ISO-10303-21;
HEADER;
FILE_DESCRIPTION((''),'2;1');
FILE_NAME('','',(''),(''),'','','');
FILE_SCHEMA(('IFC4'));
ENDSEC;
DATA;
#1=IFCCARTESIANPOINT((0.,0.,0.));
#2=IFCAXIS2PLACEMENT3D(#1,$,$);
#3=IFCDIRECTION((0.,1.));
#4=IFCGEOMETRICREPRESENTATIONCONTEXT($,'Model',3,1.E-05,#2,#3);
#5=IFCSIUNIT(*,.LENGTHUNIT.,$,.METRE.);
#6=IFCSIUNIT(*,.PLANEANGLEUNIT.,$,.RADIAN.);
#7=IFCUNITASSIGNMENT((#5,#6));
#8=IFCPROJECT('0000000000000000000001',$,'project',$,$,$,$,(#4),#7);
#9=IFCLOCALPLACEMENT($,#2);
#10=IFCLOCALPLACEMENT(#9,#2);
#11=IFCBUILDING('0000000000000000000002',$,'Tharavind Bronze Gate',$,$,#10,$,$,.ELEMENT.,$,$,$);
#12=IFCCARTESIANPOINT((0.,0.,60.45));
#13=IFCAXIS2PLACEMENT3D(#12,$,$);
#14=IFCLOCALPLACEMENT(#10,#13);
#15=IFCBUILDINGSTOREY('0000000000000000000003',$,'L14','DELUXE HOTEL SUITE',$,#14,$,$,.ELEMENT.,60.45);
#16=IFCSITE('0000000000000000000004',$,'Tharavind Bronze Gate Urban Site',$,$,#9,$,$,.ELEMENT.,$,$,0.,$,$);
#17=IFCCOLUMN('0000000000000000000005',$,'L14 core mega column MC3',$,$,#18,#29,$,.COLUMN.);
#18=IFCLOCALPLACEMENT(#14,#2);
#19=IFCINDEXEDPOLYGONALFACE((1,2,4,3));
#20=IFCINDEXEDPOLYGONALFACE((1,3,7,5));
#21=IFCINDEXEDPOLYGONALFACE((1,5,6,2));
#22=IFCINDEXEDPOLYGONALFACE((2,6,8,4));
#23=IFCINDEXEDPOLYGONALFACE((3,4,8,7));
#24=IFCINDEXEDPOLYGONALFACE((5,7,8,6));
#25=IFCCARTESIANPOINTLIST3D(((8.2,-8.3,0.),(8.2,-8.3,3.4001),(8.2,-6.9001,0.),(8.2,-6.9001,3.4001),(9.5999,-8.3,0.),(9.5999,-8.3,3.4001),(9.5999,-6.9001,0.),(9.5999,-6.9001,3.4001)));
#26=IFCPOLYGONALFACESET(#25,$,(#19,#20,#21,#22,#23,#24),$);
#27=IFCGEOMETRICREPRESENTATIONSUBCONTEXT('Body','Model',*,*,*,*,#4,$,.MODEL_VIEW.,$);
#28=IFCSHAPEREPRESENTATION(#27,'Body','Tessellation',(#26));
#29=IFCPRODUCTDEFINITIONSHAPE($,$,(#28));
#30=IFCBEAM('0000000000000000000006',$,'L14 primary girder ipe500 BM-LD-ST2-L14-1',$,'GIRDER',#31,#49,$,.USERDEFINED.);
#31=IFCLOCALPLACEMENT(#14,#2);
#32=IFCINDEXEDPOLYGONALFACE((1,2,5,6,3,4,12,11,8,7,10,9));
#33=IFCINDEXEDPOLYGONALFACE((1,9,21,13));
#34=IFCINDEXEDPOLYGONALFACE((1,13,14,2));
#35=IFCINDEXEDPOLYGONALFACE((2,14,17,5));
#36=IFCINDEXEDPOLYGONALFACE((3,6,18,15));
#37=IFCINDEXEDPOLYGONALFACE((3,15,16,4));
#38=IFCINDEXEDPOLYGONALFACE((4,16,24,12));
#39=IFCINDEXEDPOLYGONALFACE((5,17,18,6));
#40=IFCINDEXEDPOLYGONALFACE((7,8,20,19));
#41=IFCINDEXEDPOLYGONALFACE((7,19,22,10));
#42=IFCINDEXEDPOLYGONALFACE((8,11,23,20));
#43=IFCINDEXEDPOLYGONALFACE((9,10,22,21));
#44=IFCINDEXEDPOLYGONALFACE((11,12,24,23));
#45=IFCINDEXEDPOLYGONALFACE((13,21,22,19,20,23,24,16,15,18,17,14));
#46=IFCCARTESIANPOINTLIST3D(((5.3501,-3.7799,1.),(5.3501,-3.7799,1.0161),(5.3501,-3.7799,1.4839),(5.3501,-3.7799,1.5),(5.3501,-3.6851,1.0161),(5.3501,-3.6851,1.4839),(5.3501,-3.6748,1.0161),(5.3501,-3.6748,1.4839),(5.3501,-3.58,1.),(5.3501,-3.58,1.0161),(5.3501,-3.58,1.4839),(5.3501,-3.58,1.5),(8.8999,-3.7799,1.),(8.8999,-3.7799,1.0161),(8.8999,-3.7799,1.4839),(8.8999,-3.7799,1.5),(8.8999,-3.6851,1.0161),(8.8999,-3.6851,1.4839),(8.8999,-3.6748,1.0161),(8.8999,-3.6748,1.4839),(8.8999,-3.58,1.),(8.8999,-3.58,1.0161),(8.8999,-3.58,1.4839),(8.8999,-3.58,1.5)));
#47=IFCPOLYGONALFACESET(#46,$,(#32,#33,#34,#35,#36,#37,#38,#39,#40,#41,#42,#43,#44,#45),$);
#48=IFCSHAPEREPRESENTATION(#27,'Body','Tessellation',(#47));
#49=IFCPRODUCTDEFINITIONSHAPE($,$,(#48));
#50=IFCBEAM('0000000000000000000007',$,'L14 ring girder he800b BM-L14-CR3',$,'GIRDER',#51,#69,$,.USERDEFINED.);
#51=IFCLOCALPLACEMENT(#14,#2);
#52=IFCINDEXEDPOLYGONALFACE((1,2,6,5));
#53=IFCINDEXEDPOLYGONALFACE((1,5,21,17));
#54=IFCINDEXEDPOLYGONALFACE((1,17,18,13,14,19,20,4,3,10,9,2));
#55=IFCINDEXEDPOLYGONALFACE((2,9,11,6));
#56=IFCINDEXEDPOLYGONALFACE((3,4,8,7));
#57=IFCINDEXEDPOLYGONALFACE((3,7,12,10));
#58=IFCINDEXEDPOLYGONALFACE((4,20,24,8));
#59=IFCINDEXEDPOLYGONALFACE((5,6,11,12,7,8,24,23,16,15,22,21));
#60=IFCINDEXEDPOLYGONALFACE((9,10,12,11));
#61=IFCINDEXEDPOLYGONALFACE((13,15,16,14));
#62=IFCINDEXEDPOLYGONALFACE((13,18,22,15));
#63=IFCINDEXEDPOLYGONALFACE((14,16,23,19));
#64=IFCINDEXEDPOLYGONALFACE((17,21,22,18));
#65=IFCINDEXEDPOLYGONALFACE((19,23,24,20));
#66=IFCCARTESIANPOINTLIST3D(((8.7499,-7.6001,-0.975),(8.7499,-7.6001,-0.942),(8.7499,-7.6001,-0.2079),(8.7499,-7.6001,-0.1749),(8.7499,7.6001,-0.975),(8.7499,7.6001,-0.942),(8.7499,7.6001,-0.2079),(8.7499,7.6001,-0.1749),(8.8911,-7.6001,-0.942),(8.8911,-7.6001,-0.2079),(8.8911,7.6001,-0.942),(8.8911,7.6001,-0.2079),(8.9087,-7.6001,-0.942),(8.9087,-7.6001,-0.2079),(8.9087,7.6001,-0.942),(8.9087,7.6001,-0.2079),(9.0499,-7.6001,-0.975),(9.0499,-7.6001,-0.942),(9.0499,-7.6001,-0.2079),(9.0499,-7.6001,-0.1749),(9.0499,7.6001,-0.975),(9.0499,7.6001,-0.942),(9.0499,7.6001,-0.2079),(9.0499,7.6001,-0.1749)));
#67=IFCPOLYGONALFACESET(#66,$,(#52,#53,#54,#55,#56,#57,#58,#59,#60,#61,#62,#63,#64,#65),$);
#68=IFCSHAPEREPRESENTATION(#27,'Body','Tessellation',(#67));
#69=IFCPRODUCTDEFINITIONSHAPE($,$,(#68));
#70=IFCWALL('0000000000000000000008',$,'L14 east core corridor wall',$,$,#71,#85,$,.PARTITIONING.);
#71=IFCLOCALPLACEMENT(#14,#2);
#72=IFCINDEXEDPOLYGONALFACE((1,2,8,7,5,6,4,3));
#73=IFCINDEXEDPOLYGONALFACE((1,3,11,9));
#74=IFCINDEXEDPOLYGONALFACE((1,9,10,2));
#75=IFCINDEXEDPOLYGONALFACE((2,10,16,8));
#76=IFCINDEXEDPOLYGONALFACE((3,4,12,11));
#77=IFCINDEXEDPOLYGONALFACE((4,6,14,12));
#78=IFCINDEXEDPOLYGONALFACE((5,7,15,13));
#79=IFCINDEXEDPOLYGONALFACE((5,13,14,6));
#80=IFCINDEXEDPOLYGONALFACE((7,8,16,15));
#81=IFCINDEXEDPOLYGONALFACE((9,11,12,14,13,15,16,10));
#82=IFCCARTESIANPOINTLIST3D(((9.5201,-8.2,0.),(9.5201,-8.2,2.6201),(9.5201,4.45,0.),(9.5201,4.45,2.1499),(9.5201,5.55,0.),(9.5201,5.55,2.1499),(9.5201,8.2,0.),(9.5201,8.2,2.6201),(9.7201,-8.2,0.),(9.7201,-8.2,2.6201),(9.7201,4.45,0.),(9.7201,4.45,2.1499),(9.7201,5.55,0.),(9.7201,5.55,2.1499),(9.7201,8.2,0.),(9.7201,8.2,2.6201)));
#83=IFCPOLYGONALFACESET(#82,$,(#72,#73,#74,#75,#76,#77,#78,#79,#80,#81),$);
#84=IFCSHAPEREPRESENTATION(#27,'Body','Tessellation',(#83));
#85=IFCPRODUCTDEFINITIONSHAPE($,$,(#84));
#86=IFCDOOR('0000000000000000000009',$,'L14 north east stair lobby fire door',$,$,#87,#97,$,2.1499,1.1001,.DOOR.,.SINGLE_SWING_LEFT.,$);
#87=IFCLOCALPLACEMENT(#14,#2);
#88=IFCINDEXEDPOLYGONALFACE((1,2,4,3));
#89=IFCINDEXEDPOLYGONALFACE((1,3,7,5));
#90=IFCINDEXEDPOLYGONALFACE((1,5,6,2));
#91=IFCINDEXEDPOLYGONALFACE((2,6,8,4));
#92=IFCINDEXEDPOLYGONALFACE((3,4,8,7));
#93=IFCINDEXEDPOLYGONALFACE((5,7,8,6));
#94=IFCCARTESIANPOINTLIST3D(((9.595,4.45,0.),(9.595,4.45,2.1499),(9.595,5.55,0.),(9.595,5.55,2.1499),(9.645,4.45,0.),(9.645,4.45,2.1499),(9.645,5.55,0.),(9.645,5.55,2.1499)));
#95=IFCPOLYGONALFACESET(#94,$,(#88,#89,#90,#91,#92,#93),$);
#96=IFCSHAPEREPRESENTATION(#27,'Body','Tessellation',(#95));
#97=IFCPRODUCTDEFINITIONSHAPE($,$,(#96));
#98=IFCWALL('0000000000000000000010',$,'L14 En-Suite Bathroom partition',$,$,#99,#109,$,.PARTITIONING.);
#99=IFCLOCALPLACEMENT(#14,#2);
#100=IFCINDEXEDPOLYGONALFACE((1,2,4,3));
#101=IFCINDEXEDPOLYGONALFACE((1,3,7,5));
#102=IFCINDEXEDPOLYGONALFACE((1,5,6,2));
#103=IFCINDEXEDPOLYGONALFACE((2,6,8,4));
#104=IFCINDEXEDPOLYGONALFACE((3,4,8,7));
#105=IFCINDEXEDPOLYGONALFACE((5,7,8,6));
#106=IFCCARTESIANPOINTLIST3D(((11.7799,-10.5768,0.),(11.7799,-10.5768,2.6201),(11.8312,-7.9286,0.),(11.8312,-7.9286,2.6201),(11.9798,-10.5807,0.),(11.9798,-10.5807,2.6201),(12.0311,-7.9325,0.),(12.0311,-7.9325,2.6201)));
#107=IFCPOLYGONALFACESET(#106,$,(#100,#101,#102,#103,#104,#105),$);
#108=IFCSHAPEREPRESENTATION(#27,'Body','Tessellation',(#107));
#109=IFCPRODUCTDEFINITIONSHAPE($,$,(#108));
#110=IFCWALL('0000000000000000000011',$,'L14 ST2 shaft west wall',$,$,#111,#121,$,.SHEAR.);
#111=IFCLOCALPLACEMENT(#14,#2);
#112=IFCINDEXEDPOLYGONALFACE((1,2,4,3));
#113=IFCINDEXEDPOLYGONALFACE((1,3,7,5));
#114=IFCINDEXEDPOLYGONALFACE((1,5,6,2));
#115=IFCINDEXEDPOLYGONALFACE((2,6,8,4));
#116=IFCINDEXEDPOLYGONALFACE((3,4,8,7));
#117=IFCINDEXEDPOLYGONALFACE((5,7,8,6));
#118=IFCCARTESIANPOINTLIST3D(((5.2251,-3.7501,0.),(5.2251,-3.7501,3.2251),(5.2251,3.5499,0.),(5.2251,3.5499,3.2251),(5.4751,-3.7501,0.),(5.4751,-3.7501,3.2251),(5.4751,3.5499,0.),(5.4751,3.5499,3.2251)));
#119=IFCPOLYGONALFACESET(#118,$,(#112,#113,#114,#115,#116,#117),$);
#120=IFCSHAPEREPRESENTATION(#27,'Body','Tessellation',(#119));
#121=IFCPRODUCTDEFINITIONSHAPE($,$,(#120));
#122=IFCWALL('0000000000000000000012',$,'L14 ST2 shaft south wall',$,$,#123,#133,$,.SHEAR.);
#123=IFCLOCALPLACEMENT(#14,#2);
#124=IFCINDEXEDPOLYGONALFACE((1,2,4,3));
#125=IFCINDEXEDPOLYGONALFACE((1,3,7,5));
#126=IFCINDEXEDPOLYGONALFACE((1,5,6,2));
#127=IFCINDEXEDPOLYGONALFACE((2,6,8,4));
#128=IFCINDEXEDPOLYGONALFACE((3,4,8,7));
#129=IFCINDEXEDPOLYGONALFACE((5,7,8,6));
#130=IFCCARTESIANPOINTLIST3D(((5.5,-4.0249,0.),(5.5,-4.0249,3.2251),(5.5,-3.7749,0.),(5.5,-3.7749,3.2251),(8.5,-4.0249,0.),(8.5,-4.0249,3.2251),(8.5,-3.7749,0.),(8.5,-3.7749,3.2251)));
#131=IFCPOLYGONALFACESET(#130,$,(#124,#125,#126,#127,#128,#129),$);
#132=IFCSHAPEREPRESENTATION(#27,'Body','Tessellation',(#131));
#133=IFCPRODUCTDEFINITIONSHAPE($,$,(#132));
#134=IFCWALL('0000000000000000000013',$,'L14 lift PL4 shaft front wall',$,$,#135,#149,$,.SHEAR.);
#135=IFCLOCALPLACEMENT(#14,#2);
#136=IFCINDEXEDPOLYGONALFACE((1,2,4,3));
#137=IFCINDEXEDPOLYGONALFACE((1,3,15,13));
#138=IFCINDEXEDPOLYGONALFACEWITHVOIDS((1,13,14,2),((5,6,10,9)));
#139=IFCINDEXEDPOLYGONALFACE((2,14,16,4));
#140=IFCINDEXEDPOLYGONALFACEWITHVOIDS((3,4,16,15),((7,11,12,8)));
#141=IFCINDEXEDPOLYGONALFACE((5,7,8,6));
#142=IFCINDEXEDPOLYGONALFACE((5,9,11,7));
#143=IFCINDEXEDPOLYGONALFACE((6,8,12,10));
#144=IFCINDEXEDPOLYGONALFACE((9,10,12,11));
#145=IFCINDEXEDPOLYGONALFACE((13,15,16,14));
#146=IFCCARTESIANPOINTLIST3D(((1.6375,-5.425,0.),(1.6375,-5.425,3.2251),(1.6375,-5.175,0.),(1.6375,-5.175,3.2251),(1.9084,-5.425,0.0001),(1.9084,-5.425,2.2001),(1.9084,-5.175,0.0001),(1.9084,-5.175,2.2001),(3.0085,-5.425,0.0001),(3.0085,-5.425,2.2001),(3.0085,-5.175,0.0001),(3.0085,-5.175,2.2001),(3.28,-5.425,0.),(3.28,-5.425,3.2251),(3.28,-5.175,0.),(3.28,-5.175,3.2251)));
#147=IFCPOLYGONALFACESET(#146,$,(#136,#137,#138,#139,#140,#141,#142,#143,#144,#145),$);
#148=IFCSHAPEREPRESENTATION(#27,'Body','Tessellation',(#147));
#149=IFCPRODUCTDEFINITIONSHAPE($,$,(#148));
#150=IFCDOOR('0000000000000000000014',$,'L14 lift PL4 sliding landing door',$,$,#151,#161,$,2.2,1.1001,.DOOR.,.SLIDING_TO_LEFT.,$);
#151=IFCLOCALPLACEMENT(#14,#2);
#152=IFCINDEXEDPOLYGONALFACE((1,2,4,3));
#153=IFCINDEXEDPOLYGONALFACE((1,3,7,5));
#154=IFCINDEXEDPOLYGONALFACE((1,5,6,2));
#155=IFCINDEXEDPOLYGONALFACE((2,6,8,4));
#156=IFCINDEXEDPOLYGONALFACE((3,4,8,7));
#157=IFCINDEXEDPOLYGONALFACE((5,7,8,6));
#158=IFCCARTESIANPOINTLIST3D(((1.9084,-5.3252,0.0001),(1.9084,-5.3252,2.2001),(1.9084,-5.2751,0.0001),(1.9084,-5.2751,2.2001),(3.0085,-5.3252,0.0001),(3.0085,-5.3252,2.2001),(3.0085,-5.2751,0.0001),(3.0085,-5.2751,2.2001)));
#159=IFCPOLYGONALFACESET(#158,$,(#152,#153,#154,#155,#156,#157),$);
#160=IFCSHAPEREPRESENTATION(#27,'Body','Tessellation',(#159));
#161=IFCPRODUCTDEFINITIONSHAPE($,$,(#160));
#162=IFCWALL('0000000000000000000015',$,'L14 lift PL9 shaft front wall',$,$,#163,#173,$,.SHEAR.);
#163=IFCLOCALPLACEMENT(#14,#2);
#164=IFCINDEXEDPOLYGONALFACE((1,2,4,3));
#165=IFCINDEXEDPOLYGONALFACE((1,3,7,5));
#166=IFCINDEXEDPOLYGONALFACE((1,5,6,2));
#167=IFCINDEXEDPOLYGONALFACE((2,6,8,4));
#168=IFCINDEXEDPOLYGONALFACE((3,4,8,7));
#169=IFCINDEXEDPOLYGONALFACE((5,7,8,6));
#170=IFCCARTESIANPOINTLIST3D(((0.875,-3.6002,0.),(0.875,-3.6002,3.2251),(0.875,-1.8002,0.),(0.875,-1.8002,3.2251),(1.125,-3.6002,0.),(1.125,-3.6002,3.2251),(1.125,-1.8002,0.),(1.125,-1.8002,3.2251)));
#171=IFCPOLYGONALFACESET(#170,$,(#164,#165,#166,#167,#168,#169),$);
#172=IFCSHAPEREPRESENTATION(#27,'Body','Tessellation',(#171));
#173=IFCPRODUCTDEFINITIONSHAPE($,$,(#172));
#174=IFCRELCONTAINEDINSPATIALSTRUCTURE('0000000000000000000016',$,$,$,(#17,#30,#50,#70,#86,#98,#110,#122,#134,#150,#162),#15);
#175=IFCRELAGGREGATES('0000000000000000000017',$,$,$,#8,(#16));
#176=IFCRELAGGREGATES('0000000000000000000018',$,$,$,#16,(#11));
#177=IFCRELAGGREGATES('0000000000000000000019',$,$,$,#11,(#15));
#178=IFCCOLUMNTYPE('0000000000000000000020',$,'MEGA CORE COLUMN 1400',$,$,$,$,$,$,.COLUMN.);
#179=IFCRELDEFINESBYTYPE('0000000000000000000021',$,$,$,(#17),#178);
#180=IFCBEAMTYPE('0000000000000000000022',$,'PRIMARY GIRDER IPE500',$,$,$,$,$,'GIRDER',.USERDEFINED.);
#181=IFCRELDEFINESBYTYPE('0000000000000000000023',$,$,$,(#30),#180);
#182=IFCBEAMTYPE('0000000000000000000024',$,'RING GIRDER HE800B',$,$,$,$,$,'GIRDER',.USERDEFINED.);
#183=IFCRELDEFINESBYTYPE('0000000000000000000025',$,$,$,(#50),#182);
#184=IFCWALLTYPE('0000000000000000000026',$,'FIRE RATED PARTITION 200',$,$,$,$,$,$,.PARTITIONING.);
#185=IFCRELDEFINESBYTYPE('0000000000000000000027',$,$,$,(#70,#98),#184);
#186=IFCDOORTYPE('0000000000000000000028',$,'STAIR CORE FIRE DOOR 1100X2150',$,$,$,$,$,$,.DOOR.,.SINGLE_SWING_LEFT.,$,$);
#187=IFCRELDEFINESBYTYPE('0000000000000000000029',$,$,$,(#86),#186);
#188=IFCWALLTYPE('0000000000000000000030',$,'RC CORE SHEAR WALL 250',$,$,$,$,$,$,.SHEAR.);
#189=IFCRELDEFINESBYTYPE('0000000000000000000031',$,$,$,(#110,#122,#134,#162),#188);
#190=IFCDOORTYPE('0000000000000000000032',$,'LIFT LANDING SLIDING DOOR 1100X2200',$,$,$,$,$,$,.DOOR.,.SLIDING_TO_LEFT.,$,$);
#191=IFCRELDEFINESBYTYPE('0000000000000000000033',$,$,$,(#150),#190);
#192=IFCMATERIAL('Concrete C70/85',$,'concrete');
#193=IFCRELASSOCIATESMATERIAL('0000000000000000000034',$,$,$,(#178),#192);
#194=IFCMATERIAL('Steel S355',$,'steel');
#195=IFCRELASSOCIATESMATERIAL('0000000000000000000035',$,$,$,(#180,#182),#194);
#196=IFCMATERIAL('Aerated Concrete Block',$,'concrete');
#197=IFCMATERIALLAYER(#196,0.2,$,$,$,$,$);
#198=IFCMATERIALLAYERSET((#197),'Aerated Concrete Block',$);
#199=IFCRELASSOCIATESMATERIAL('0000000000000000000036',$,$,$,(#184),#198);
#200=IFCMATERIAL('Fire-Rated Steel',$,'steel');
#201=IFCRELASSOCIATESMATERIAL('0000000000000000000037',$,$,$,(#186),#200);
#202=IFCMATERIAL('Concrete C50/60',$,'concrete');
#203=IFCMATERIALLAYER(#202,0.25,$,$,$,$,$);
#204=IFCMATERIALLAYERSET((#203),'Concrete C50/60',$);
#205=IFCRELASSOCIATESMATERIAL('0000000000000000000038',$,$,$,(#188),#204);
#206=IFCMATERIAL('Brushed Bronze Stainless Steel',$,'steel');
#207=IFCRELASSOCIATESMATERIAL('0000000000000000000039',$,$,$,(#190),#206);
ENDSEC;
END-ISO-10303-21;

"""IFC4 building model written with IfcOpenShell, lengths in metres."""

from ifc_helpers import new_model, si_unit, direction, frame, frame_2d, origin, origin_2d, place, context, subcontext, project, spatial, rectangle, i_section, extrude, material, layer, layer_set, material_profile, profile_set, type_object, element, fill, save


model = new_model("IFC4")

# Units and contexts
model_context = context("Model", 3, precision=1e-05, world=origin(), true_north=direction((0.0, 1.0)))
body_context = subcontext(model_context, "Body", "Model", "MODEL_VIEW")
ifc_project = project(units=[si_unit("LENGTHUNIT", "METRE"), si_unit("PLANEANGLEUNIT", "RADIAN")], contexts=[model_context])

# Site, building, storey
site_placement = place(None, origin())
site = spatial("IfcSite", under=ifc_project, at=site_placement, Name="Tharavind Bronze Gate Urban Site", CompositionType="ELEMENT", RefElevation=0.0)
building_placement = place(site_placement, origin())
building = spatial("IfcBuilding", under=site, at=building_placement, Name="Tharavind Bronze Gate", CompositionType="ELEMENT")
storey_placement = place(building_placement, frame((0.0, 0.0, 60.45)))
storey = spatial("IfcBuildingStorey", under=building, at=storey_placement, Name="L14", Description="DELUXE HOTEL SUITE", CompositionType="ELEMENT", Elevation=60.45)

# Column
ifc_material_1 = material(Name="Concrete C70/85", Category="concrete")
ifc_material_profile_1 = material_profile(ifc_material_1, rectangle(XDim=1.3999, YDim=1.3999, at=origin_2d()), Name="RCCOL1400")
ifc_profile_set_1 = profile_set([ifc_material_profile_1], Name="Concrete C70/85")
column_type = type_object("IfcColumnType", Name="MEGA CORE COLUMN 1400", PredefinedType="COLUMN", material=ifc_profile_set_1)
column_placement = place(storey_placement, frame((8.8999, -7.6001, 0.0), z_axis=(0.0, 0.0, 1.0), x_axis=(1.0, 0.0, 0.0)))
element("IfcColumn", 1, at=column_placement, inside=storey, type_object=column_type, Name="L14 core mega column MC3", PredefinedType="COLUMN", context=body_context, shape_type="SweptSolid", body=[
    extrude(rectangle(XDim=1.3999, YDim=1.3999, at=origin_2d()), origin(), (0.0, 0.0, 1.0), 3.4001),
])

# Beams
ifc_material_2 = material(Name="Steel S355", Category="steel")
ifc_material_profile_2 = material_profile(ifc_material_2, i_section(OverallWidth=0.2, OverallDepth=0.5, WebThickness=0.0103, FlangeThickness=0.0161, at=origin_2d()), Name="IPE500")
ifc_profile_set_2 = profile_set([ifc_material_profile_2], Name="Steel S355")
beam_type_1 = type_object("IfcBeamType", Name="PRIMARY GIRDER IPE500", ElementType="GIRDER", PredefinedType="USERDEFINED", material=ifc_profile_set_2)
beam_1_placement = place(storey_placement, frame((5.3501, -3.6799, 1.25), z_axis=(1.0, 0.0, 0.0), x_axis=(0.0, 1.0, 0.0)))
element("IfcBeam", 2, at=beam_1_placement, inside=storey, type_object=beam_type_1, Name="L14 primary girder ipe500 BM-LD-ST2-L14-1", ObjectType="GIRDER", PredefinedType="USERDEFINED", context=body_context, shape_type="SweptSolid", body=[
    extrude(i_section(OverallWidth=0.2, OverallDepth=0.5, WebThickness=0.0103, FlangeThickness=0.0161, at=origin_2d()), origin(), (0.0, 0.0, 1.0), 3.5498),
])
ifc_material_profile_3 = material_profile(ifc_material_2, i_section(OverallWidth=0.3, OverallDepth=0.8, WebThickness=0.0176, FlangeThickness=0.033, at=origin_2d()), Name="HE800B")
ifc_profile_set_3 = profile_set([ifc_material_profile_3], Name="Steel S355")
beam_type_2 = type_object("IfcBeamType", Name="RING GIRDER HE800B", ElementType="GIRDER", PredefinedType="USERDEFINED", material=ifc_profile_set_3)
beam_2_placement = place(storey_placement, frame((8.8999, -7.6001, -0.575), z_axis=(0.0, 1.0, 0.0), x_axis=(-1.0, 0.0, 0.0)))
element("IfcBeam", 3, at=beam_2_placement, inside=storey, type_object=beam_type_2, Name="L14 ring girder he800b BM-L14-CR3", ObjectType="GIRDER", PredefinedType="USERDEFINED", context=body_context, shape_type="SweptSolid", body=[
    extrude(i_section(OverallWidth=0.3, OverallDepth=0.8, WebThickness=0.0176, FlangeThickness=0.033, at=origin_2d()), origin(), (0.0, 0.0, 1.0), 15.2002),
])

# Wall, opening, door
ifc_material_3 = material(Name="Aerated Concrete Block", Category="concrete")
ifc_layer_1 = layer(ifc_material_3, 0.2)
ifc_layer_set_1 = layer_set([ifc_layer_1], Name="Aerated Concrete Block")
wall_type_1 = type_object("IfcWallType", Name="FIRE RATED PARTITION 200", PredefinedType="PARTITIONING", material=ifc_layer_set_1)
wall_1_placement = place(storey_placement, frame((9.6201, -8.2, 0.0), z_axis=(0.0, 0.0, 1.0), x_axis=(0.0, 1.0, 0.0)))
wall_1 = element("IfcWall", 4, at=wall_1_placement, inside=storey, type_object=wall_type_1, Name="L14 east core corridor wall", PredefinedType="PARTITIONING", context=body_context, shape_type="SweptSolid", body=[
    extrude(rectangle(XDim=16.3999, YDim=0.2, at=frame_2d((8.2, 0.0))), origin(), (0.0, 0.0, 1.0), 2.6201),
])
opening_1_placement = place(wall_1_placement, frame((12.6499, 0.0, 0.0)))
opening_1 = element("IfcOpeningElement", 5, at=opening_1_placement, cuts=wall_1, PredefinedType="OPENING", context=body_context, shape_type="SweptSolid", body=[
    extrude(rectangle(XDim=1.1001, YDim=2.1499, at=frame_2d((0.55, 1.075))), frame((0.0, 0.1101, 0.0), z_axis=(0.0, -1.0, 0.0), x_axis=(1.0, 0.0, 0.0)), (0.0, 0.0, 1.0), 0.22),
])
ifc_material_4 = material(Name="Fire-Rated Steel", Category="steel")
door_type_1 = type_object("IfcDoorType", Name="STAIR CORE FIRE DOOR 1100X2150", OperationType="SINGLE_SWING_LEFT", PredefinedType="DOOR", material=ifc_material_4)
door_1_placement = place(opening_1_placement, frame((1.1001, 0.0, 0.0), z_axis=(0.0, 0.0, 1.0), x_axis=(-1.0, 0.0, 0.0)))
door_1 = element("IfcDoor", 6, at=door_1_placement, inside=storey, type_object=door_type_1, Name="L14 north east stair lobby fire door", OperationType="SINGLE_SWING_LEFT", OverallHeight=2.1499, OverallWidth=1.1001, PredefinedType="DOOR", context=body_context, shape_type="SweptSolid", body=[
    extrude(rectangle(XDim=1.1001, YDim=2.1499, at=frame_2d((0.55, 1.075))), frame((0.0, 0.0249, 0.0), z_axis=(0.0, -1.0, 0.0), x_axis=(1.0, 0.0, 0.0)), (0.0, 0.0, 1.0), 0.05),
])
fill(opening_1, door_1)

# Wall
wall_2_placement = place(storey_placement, frame((11.8799, -10.5786, 0.0), z_axis=(0.0, 0.0, 1.0), x_axis=(0.019357, 0.999813, 0.0)))
element("IfcWall", 7, at=wall_2_placement, inside=storey, type_object=wall_type_1, Name="L14 En-Suite Bathroom partition", PredefinedType="PARTITIONING", context=body_context, shape_type="SweptSolid", body=[
    extrude(rectangle(XDim=2.6487, YDim=0.2, at=frame_2d((1.3242, 0.0))), origin(), (0.0, 0.0, 1.0), 2.6201),
])

# Walls
ifc_material_5 = material(Name="Concrete C50/60", Category="concrete")
ifc_layer_2 = layer(ifc_material_5, 0.25)
ifc_layer_set_2 = layer_set([ifc_layer_2], Name="Concrete C50/60")
wall_type_2 = type_object("IfcWallType", Name="RC CORE SHEAR WALL 250", PredefinedType="SHEAR", material=ifc_layer_set_2)
wall_3_placement = place(storey_placement, frame((5.3501, -3.75, 0.0), z_axis=(0.0, 0.0, 1.0), x_axis=(0.0, 1.0, 0.0)))
element("IfcWall", 8, at=wall_3_placement, inside=storey, type_object=wall_type_2, Name="L14 ST2 shaft west wall", PredefinedType="SHEAR", context=body_context, shape_type="SweptSolid", body=[
    extrude(rectangle(XDim=7.3, YDim=0.25, at=frame_2d((3.6499, 0.0))), origin(), (0.0, 0.0, 1.0), 3.2251),
])
wall_4_placement = place(storey_placement, frame((5.5, -3.8999, 0.0), z_axis=(0.0, 0.0, 1.0), x_axis=(1.0, 0.0, 0.0)))
element("IfcWall", 9, at=wall_4_placement, inside=storey, type_object=wall_type_2, Name="L14 ST2 shaft south wall", PredefinedType="SHEAR", context=body_context, shape_type="SweptSolid", body=[
    extrude(rectangle(XDim=3.0, YDim=0.25, at=frame_2d((1.5, 0.0))), origin(), (0.0, 0.0, 1.0), 3.2251),
])

# Wall, opening, door
wall_5_placement = place(storey_placement, frame((1.6375, -5.3, 0.0), z_axis=(0.0, 0.0, 1.0), x_axis=(1.0, 0.0, 0.0)))
wall_5 = element("IfcWall", 10, at=wall_5_placement, inside=storey, type_object=wall_type_2, Name="L14 lift PL4 shaft front wall", PredefinedType="SHEAR", context=body_context, shape_type="SweptSolid", body=[
    extrude(rectangle(XDim=1.6426, YDim=0.25, at=frame_2d((0.8213, 0.0))), origin(), (0.0, 0.0, 1.0), 3.2251),
])
opening_2_placement = place(wall_5_placement, frame((0.271, 0.0, 0.0)))
opening_2 = element("IfcOpeningElement", 11, at=opening_2_placement, cuts=wall_5, PredefinedType="OPENING", context=body_context, shape_type="SweptSolid", body=[
    extrude(rectangle(XDim=1.1001, YDim=2.2, at=frame_2d((0.55, 1.1001))), frame((0.0, 0.135, 0.0), z_axis=(0.0, -1.0, 0.0), x_axis=(1.0, 0.0, 0.0)), (0.0, 0.0, 1.0), 0.27),
])
ifc_material_6 = material(Name="Brushed Bronze Stainless Steel", Category="steel")
door_type_2 = type_object("IfcDoorType", Name="LIFT LANDING SLIDING DOOR 1100X2200", OperationType="SLIDING_TO_LEFT", PredefinedType="DOOR", material=ifc_material_6)
door_2_placement = place(opening_2_placement, origin())
door_2 = element("IfcDoor", 12, at=door_2_placement, inside=storey, type_object=door_type_2, Name="L14 lift PL4 sliding landing door", OperationType="SLIDING_TO_LEFT", OverallHeight=2.2, OverallWidth=1.1001, PredefinedType="DOOR", context=body_context, shape_type="SweptSolid", body=[
    extrude(rectangle(XDim=1.1001, YDim=2.2, at=frame_2d((0.55, 1.1001))), frame((0.0, 0.0249, 0.0), z_axis=(0.0, -1.0, 0.0), x_axis=(1.0, 0.0, 0.0)), (0.0, 0.0, 1.0), 0.05),
])
fill(opening_2, door_2)

# Wall
for number, where, z_axis, x_axis, name in (
    (13, (1.0, -3.6001, 0.0), (0.0, 0.0, 1.0), (0.0, 1.0, 0.0), "L14 lift PL9 shaft front wall"),
):
    element("IfcWall", number, at=place(storey_placement, frame(where, z_axis=z_axis, x_axis=x_axis)), inside=storey, type_object=wall_type_2, Name=name, PredefinedType="SHEAR", context=body_context, shape_type="SweptSolid", body=[
        extrude(rectangle(XDim=1.8, YDim=0.25, at=frame_2d((0.8999, 0.0))), origin(), (0.0, 0.0, 1.0), 3.2251),
    ])

save(model, "model.ifc")
